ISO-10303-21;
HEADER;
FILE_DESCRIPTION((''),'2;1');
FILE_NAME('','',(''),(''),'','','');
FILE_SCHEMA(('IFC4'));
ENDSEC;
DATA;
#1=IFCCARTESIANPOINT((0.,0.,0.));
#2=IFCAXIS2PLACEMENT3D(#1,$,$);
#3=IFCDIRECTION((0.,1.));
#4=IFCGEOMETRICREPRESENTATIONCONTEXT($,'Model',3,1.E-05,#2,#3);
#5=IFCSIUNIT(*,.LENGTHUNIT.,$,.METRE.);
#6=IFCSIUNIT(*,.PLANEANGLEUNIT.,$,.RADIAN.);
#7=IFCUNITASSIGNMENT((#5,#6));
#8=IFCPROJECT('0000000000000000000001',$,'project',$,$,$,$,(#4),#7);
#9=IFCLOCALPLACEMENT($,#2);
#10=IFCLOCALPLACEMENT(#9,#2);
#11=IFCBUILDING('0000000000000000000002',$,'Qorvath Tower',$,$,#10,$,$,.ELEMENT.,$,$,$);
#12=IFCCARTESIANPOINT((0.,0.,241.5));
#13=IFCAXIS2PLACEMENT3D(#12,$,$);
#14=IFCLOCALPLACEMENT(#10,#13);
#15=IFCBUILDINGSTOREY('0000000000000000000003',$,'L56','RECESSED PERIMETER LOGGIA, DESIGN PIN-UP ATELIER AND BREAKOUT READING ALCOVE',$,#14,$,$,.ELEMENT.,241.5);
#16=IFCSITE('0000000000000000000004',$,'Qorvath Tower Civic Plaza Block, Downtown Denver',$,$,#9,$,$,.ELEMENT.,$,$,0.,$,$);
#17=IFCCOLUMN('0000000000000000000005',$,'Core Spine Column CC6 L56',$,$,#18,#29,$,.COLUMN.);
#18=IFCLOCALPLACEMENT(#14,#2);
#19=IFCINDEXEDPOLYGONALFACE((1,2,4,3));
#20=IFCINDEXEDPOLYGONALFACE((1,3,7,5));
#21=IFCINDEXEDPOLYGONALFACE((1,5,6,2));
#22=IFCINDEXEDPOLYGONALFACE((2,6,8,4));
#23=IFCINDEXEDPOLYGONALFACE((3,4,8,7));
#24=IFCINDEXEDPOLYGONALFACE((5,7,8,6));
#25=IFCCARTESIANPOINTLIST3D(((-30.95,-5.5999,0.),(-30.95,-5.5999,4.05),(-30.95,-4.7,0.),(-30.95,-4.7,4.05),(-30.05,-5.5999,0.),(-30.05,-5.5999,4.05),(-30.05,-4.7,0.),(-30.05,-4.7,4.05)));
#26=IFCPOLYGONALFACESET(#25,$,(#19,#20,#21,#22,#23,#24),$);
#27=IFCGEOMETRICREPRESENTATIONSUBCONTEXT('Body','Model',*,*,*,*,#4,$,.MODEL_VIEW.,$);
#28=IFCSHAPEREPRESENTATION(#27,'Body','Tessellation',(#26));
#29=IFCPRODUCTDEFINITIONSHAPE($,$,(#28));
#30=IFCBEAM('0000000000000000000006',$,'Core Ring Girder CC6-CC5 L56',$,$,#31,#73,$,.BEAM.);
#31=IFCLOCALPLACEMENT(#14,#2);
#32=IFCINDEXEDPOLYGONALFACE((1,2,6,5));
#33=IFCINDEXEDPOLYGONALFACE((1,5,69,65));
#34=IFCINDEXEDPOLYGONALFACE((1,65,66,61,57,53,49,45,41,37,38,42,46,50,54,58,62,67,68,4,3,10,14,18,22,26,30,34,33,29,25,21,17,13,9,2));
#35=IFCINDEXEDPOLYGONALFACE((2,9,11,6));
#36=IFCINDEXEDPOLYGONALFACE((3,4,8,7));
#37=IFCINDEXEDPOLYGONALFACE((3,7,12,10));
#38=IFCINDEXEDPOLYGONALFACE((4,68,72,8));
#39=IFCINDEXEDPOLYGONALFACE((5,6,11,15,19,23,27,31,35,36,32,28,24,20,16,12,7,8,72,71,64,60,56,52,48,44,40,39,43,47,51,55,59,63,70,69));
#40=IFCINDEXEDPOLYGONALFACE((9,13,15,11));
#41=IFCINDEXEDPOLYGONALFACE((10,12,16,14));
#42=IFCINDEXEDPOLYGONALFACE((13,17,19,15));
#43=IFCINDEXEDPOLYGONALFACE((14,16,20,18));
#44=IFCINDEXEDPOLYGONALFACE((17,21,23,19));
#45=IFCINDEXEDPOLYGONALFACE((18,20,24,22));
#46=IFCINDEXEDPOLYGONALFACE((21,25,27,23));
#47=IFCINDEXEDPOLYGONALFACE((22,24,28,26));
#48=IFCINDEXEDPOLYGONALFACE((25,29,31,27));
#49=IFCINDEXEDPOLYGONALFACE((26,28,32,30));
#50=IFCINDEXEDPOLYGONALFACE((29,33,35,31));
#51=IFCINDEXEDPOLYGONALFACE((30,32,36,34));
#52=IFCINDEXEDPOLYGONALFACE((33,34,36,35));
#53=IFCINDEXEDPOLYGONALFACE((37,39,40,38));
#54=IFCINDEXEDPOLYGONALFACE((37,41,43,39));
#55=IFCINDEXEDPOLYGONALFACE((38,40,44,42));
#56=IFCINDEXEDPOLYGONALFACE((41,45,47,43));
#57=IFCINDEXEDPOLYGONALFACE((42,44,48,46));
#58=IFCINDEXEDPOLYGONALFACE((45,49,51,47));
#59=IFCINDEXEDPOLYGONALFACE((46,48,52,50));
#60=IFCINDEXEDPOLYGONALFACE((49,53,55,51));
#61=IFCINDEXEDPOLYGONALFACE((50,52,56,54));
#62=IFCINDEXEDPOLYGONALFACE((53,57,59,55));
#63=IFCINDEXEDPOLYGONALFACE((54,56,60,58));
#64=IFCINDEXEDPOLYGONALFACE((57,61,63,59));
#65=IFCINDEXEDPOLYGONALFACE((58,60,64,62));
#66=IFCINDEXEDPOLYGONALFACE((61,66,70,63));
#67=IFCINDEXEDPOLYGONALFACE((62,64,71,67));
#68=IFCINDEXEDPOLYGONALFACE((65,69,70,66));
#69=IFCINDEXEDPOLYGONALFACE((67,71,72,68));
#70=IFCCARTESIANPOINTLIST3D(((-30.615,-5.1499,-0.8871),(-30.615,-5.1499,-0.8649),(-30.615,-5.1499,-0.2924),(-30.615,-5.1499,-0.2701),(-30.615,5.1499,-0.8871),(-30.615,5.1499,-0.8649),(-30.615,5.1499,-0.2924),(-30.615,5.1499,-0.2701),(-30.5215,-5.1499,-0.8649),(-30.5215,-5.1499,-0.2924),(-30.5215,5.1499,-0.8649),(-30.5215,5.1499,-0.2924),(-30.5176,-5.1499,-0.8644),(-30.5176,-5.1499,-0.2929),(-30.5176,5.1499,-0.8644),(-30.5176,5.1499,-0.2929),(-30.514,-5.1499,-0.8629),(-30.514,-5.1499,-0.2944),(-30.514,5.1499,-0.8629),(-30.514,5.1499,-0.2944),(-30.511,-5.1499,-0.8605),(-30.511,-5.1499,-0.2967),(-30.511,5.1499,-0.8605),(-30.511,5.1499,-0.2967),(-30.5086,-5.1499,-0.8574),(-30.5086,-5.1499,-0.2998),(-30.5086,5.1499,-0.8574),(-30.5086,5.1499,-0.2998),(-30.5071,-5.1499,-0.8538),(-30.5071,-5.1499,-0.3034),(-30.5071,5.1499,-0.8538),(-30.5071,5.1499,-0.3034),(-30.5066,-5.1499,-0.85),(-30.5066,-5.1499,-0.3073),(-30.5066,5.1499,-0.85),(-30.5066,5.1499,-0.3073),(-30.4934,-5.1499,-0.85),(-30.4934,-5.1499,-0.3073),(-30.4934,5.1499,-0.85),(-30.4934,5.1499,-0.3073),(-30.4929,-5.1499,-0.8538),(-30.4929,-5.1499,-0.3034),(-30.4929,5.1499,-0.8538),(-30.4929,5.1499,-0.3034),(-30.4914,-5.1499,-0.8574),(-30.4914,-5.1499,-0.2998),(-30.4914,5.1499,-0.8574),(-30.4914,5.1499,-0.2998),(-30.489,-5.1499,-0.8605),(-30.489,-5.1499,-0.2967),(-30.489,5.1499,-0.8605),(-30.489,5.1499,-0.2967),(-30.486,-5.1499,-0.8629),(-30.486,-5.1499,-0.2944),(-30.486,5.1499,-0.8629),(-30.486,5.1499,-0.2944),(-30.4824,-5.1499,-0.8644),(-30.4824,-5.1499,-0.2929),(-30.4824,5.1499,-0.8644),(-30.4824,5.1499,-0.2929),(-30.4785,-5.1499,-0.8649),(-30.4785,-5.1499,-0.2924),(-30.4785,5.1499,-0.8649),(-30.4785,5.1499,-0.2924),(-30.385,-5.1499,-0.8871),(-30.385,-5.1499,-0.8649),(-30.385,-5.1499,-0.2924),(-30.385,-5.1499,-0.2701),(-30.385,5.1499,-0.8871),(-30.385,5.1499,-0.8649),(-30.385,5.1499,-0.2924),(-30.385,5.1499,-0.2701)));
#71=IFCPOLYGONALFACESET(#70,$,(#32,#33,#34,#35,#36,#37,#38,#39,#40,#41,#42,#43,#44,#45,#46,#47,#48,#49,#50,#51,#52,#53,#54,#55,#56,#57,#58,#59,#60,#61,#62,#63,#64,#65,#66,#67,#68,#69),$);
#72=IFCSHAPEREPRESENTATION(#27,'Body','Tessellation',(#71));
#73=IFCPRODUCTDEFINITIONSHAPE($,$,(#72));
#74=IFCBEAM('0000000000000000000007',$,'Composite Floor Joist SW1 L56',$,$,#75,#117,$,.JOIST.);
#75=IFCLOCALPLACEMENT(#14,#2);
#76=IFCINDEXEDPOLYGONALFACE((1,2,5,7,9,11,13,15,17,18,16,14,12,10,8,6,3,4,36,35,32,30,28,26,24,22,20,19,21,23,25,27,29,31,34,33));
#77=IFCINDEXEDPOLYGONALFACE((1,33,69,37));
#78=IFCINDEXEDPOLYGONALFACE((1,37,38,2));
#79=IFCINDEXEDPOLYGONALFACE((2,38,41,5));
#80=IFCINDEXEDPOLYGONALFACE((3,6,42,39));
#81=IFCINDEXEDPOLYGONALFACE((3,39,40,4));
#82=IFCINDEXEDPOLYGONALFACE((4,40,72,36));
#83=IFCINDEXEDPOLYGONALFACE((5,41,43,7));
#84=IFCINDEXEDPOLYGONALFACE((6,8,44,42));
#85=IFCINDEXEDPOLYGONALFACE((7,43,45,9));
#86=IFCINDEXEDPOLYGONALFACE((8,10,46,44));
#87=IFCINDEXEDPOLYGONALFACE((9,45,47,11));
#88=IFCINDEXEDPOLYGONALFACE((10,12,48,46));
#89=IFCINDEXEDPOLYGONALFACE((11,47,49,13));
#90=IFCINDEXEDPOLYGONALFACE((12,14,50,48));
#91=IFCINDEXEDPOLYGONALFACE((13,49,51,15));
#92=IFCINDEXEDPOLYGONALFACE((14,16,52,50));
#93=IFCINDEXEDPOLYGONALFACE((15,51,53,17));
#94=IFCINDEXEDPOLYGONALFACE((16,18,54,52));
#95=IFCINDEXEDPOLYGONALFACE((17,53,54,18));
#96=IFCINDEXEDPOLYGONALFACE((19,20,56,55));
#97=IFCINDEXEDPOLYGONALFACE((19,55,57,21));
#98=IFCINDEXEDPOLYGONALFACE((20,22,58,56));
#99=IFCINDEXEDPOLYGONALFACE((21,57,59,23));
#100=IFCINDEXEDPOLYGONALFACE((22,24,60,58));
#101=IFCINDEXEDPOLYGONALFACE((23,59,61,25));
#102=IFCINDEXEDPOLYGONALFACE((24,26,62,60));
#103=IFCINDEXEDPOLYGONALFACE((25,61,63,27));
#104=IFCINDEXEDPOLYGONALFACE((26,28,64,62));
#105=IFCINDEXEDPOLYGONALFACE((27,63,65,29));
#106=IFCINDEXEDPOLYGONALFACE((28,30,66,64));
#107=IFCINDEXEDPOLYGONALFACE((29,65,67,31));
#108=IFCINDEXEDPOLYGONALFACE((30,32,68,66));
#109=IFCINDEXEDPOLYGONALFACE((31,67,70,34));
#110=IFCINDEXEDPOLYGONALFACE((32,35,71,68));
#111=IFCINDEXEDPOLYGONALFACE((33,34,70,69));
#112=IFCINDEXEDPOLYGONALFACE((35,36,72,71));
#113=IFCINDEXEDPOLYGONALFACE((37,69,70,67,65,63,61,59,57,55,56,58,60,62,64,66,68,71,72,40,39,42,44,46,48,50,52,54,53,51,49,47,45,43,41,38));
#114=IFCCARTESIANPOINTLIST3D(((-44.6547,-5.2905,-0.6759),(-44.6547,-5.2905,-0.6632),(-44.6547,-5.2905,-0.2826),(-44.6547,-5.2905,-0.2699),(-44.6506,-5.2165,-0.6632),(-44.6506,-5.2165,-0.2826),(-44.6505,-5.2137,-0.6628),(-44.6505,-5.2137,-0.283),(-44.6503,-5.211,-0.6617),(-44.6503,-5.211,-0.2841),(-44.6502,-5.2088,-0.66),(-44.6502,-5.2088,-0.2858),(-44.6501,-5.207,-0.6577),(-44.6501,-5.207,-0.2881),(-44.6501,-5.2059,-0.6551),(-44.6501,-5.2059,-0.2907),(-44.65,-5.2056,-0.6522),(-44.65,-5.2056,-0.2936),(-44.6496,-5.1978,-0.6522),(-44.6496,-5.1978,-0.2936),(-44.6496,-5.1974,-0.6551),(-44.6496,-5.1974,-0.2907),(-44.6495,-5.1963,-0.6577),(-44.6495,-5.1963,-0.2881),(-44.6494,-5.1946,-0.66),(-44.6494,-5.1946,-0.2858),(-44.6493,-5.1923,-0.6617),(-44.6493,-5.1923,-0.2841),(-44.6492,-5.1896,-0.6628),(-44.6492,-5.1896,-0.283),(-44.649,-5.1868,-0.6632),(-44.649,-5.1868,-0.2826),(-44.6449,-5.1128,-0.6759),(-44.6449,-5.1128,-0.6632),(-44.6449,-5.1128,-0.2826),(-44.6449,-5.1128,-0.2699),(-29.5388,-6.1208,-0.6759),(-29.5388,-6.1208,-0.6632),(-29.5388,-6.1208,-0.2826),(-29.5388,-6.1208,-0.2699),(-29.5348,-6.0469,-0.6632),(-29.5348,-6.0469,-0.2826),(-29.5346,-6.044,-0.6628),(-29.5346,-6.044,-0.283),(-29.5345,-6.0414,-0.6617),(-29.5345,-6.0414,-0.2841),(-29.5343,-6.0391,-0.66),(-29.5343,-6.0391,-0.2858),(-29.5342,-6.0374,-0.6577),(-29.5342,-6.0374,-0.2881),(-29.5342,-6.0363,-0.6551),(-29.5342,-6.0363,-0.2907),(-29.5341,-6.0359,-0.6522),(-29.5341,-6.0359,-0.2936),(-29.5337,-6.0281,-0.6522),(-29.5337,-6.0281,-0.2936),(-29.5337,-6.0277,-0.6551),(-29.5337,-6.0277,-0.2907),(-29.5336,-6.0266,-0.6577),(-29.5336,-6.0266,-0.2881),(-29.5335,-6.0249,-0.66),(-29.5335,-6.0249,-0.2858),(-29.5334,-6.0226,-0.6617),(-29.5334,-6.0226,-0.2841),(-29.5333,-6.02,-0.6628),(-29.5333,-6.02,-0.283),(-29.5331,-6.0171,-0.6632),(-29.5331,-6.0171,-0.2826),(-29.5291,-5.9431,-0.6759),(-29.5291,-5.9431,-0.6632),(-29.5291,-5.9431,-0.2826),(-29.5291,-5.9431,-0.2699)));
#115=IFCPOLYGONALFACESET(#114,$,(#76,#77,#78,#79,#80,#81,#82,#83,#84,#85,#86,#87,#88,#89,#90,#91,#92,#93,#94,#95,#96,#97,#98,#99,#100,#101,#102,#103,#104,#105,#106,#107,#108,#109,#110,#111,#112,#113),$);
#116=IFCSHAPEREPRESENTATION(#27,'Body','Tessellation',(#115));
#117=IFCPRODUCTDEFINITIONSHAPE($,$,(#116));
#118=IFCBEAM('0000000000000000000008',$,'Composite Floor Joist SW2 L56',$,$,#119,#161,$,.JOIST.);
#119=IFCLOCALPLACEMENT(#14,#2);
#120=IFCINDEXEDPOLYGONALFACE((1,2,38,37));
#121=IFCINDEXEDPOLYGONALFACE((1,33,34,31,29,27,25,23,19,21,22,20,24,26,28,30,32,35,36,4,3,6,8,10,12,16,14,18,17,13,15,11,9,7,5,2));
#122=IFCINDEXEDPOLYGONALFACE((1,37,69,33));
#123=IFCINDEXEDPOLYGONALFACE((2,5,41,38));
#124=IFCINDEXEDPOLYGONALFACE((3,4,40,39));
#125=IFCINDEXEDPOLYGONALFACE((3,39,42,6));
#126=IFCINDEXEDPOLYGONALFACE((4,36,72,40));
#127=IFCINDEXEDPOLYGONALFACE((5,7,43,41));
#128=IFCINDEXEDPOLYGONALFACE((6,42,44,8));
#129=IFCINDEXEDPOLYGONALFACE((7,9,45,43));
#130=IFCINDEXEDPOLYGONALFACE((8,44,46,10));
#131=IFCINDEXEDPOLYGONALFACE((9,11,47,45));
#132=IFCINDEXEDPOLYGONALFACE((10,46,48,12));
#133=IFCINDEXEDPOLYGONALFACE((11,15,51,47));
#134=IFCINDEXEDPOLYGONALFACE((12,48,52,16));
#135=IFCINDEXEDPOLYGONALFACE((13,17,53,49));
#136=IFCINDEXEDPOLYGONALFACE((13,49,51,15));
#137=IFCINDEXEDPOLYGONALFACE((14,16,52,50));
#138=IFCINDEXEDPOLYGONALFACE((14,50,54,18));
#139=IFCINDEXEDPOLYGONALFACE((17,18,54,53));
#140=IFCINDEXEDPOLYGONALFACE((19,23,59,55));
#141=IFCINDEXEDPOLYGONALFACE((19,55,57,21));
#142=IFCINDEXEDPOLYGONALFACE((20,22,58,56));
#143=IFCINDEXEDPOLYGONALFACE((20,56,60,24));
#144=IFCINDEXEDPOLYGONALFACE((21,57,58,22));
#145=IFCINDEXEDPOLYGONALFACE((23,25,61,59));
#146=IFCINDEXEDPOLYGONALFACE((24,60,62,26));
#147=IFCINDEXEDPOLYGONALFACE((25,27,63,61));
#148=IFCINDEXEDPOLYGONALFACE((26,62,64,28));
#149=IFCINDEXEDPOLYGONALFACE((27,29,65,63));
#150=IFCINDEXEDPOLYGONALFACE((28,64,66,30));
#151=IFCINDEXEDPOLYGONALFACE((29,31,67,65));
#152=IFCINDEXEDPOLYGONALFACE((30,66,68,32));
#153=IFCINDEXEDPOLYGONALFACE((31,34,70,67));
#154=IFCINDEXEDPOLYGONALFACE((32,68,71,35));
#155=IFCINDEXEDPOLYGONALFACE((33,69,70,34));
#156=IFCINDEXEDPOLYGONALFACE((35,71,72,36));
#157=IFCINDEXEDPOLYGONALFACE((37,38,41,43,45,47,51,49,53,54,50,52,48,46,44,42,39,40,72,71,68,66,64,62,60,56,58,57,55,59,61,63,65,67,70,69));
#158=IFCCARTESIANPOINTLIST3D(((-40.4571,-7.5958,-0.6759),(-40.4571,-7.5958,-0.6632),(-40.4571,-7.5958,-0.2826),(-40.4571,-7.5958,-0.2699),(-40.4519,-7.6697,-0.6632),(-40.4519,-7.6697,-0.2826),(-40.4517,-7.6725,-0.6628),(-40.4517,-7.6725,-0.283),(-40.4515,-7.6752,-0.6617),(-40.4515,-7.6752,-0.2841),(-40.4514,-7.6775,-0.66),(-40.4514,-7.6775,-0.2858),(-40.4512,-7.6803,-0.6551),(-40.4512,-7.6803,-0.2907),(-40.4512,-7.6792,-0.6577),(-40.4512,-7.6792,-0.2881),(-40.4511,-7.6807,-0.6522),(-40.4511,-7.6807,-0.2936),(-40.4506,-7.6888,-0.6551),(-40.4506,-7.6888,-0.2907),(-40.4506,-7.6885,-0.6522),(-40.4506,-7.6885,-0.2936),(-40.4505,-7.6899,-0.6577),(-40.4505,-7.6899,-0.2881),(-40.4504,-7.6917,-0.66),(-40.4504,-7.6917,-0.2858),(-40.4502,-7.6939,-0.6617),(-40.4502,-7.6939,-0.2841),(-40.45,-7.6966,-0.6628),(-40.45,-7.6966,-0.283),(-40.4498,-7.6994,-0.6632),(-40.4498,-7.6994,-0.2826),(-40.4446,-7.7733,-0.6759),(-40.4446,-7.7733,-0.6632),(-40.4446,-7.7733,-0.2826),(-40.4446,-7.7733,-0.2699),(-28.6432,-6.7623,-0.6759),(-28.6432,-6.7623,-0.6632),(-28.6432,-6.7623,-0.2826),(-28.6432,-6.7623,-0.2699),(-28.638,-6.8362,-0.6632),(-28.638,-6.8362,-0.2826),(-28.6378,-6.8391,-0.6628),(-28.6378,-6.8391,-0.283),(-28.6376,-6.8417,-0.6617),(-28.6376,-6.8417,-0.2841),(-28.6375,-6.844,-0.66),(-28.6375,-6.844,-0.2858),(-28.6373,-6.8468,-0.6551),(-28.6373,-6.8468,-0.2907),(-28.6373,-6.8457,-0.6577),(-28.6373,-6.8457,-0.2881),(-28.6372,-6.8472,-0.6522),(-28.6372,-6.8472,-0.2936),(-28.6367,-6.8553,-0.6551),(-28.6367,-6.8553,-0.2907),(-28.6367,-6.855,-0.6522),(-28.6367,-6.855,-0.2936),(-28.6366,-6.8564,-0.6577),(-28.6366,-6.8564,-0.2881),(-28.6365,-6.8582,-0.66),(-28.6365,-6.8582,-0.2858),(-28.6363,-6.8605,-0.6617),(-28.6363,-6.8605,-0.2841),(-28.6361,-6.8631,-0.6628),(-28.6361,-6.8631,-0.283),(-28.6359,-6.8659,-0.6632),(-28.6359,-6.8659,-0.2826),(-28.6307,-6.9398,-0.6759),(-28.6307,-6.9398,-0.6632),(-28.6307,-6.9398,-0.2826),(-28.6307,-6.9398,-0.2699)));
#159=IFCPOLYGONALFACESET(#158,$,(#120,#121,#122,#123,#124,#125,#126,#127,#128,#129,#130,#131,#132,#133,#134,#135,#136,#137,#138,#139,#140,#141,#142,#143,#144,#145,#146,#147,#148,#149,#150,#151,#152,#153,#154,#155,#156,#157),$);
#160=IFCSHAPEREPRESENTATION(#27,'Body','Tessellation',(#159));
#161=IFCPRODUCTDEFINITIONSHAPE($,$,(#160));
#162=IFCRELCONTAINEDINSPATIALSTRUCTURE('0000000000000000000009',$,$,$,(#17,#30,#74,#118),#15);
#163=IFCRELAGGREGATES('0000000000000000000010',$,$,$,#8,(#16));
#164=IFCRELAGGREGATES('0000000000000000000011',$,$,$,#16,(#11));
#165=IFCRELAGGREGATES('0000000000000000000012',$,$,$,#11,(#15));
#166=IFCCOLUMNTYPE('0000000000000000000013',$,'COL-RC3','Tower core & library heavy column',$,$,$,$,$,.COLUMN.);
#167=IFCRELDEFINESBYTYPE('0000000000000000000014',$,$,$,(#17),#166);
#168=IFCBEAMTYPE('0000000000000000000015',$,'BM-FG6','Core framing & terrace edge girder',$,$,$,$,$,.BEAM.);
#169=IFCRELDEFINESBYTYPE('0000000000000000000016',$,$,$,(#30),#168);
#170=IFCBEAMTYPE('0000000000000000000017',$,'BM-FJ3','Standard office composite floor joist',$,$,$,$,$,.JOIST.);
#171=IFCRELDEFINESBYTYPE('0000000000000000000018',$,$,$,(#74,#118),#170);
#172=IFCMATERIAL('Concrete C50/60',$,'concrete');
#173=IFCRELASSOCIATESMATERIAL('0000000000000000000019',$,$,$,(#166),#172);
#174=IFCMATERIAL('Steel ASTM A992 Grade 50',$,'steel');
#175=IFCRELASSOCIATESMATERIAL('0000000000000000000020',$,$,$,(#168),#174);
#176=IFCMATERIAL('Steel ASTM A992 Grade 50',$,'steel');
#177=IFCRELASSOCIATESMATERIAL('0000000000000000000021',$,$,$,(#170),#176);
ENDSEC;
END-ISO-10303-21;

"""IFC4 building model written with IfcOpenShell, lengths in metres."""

from ifc_helpers import new_model, si_unit, direction, frame, origin, origin_2d, place, context, subcontext, project, spatial, rectangle, i_section, extrude, material, material_profile, profile_set, type_object, element, save


model = new_model("IFC4")

# Units and contexts
model_context = context("Model", 3, precision=1e-05, world=origin(), true_north=direction((0.0, 1.0)))
body_context = subcontext(model_context, "Body", "Model", "MODEL_VIEW")
ifc_project = project(units=[si_unit("LENGTHUNIT", "METRE"), si_unit("PLANEANGLEUNIT", "RADIAN")], contexts=[model_context])

# Site, building, storey
site_placement = place(None, origin())
site = spatial("IfcSite", under=ifc_project, at=site_placement, Name="Qorvath Tower Civic Plaza Block, Downtown Denver", CompositionType="ELEMENT", RefElevation=0.0)
building_placement = place(site_placement, origin())
building = spatial("IfcBuilding", under=site, at=building_placement, Name="Qorvath Tower", CompositionType="ELEMENT")
storey_placement = place(building_placement, frame((0.0, 0.0, 241.5)))
storey = spatial("IfcBuildingStorey", under=building, at=storey_placement, Name="L56", Description="RECESSED PERIMETER LOGGIA, DESIGN PIN-UP ATELIER AND BREAKOUT READING ALCOVE", CompositionType="ELEMENT", Elevation=241.5)

# Column
ifc_material_1 = material(Name="Concrete C50/60", Category="concrete")
ifc_material_profile_1 = material_profile(ifc_material_1, rectangle(XDim=0.8999, YDim=0.8999, at=origin_2d()), Name="RC 900x900")
ifc_profile_set_1 = profile_set([ifc_material_profile_1], Name="Concrete C50/60")
column_type = type_object("IfcColumnType", Name="COL-RC3", Description="Tower core & library heavy column", PredefinedType="COLUMN", material=ifc_profile_set_1)
column_placement = place(storey_placement, frame((-30.5, -5.1499, 0.0), z_axis=(0.0, 0.0, 1.0), x_axis=(1.0, 0.0, 0.0)))
element("IfcColumn", 1, at=column_placement, inside=storey, type_object=column_type, Name="Core Spine Column CC6 L56", PredefinedType="COLUMN", context=body_context, shape_type="SweptSolid", body=[
    extrude(rectangle(XDim=0.8999, YDim=0.8999, at=origin_2d()), origin(), (0.0, 0.0, 1.0), 4.05),
])

# Beams
ifc_material_2 = material(Name="Steel ASTM A992 Grade 50", Category="steel")
ifc_material_profile_2 = material_profile(ifc_material_2, i_section(OverallWidth=0.23, OverallDepth=0.6169, WebThickness=0.0132, FlangeThickness=0.0222, FilletRadius=0.0149, at=origin_2d()), Name="W24x94")
ifc_profile_set_2 = profile_set([ifc_material_profile_2], Name="Steel ASTM A992 Grade 50")
beam_type_1 = type_object("IfcBeamType", Name="BM-FG6", Description="Core framing & terrace edge girder", PredefinedType="BEAM", material=ifc_profile_set_2)
beam_1_placement = place(storey_placement, frame((-30.5, -5.1499, -0.5786), z_axis=(0.0, 1.0, 0.0), x_axis=(-1.0, 0.0, 0.0)))
element("IfcBeam", 2, at=beam_1_placement, inside=storey, type_object=beam_type_1, Name="Core Ring Girder CC6-CC5 L56", PredefinedType="BEAM", context=body_context, shape_type="SweptSolid", body=[
    extrude(i_section(OverallWidth=0.23, OverallDepth=0.6169, WebThickness=0.0132, FlangeThickness=0.0222, FilletRadius=0.0149, at=origin_2d()), origin(), (0.0, 0.0, 1.0), 10.2998),
])
ifc_material_3 = material(Name="Steel ASTM A992 Grade 50", Category="steel")
ifc_material_profile_3 = material_profile(ifc_material_3, i_section(OverallWidth=0.178, OverallDepth=0.406, WebThickness=0.0078, FlangeThickness=0.0127, FilletRadius=0.011, at=origin_2d()), Name="W16x40")
ifc_profile_set_3 = profile_set([ifc_material_profile_3], Name="Steel ASTM A992 Grade 50")
beam_type_2 = type_object("IfcBeamType", Name="BM-FJ3", Description="Standard office composite floor joist", PredefinedType="JOIST", material=ifc_profile_set_3)
beam_2_placement = place(storey_placement, frame((-29.5339, -6.032, -0.4729), z_axis=(-0.998495, 0.054847, 0.0), x_axis=(-0.054847, -0.998495, 0.0)))
element("IfcBeam", 3, at=beam_2_placement, inside=storey, type_object=beam_type_2, Name="Composite Floor Joist SW1 L56", PredefinedType="JOIST", context=body_context, shape_type="SweptSolid", body=[
    extrude(i_section(OverallWidth=0.178, OverallDepth=0.406, WebThickness=0.0078, FlangeThickness=0.0127, FilletRadius=0.011, at=origin_2d()), origin(), (0.0, 0.0, 1.0), 15.1387),
])
beam_3_placement = place(storey_placement, frame((-28.637, -6.8511, -0.4729), z_axis=(-0.99752, -0.070377, 0.0), x_axis=(0.070377, -0.99752, 0.0)))
element("IfcBeam", 4, at=beam_3_placement, inside=storey, type_object=beam_type_2, Name="Composite Floor Joist SW2 L56", PredefinedType="JOIST", context=body_context, shape_type="SweptSolid", body=[
    extrude(i_section(OverallWidth=0.178, OverallDepth=0.406, WebThickness=0.0078, FlangeThickness=0.0127, FilletRadius=0.011, at=origin_2d()), origin(), (0.0, 0.0, 1.0), 11.8433),
])

save(model, "model.ifc")
